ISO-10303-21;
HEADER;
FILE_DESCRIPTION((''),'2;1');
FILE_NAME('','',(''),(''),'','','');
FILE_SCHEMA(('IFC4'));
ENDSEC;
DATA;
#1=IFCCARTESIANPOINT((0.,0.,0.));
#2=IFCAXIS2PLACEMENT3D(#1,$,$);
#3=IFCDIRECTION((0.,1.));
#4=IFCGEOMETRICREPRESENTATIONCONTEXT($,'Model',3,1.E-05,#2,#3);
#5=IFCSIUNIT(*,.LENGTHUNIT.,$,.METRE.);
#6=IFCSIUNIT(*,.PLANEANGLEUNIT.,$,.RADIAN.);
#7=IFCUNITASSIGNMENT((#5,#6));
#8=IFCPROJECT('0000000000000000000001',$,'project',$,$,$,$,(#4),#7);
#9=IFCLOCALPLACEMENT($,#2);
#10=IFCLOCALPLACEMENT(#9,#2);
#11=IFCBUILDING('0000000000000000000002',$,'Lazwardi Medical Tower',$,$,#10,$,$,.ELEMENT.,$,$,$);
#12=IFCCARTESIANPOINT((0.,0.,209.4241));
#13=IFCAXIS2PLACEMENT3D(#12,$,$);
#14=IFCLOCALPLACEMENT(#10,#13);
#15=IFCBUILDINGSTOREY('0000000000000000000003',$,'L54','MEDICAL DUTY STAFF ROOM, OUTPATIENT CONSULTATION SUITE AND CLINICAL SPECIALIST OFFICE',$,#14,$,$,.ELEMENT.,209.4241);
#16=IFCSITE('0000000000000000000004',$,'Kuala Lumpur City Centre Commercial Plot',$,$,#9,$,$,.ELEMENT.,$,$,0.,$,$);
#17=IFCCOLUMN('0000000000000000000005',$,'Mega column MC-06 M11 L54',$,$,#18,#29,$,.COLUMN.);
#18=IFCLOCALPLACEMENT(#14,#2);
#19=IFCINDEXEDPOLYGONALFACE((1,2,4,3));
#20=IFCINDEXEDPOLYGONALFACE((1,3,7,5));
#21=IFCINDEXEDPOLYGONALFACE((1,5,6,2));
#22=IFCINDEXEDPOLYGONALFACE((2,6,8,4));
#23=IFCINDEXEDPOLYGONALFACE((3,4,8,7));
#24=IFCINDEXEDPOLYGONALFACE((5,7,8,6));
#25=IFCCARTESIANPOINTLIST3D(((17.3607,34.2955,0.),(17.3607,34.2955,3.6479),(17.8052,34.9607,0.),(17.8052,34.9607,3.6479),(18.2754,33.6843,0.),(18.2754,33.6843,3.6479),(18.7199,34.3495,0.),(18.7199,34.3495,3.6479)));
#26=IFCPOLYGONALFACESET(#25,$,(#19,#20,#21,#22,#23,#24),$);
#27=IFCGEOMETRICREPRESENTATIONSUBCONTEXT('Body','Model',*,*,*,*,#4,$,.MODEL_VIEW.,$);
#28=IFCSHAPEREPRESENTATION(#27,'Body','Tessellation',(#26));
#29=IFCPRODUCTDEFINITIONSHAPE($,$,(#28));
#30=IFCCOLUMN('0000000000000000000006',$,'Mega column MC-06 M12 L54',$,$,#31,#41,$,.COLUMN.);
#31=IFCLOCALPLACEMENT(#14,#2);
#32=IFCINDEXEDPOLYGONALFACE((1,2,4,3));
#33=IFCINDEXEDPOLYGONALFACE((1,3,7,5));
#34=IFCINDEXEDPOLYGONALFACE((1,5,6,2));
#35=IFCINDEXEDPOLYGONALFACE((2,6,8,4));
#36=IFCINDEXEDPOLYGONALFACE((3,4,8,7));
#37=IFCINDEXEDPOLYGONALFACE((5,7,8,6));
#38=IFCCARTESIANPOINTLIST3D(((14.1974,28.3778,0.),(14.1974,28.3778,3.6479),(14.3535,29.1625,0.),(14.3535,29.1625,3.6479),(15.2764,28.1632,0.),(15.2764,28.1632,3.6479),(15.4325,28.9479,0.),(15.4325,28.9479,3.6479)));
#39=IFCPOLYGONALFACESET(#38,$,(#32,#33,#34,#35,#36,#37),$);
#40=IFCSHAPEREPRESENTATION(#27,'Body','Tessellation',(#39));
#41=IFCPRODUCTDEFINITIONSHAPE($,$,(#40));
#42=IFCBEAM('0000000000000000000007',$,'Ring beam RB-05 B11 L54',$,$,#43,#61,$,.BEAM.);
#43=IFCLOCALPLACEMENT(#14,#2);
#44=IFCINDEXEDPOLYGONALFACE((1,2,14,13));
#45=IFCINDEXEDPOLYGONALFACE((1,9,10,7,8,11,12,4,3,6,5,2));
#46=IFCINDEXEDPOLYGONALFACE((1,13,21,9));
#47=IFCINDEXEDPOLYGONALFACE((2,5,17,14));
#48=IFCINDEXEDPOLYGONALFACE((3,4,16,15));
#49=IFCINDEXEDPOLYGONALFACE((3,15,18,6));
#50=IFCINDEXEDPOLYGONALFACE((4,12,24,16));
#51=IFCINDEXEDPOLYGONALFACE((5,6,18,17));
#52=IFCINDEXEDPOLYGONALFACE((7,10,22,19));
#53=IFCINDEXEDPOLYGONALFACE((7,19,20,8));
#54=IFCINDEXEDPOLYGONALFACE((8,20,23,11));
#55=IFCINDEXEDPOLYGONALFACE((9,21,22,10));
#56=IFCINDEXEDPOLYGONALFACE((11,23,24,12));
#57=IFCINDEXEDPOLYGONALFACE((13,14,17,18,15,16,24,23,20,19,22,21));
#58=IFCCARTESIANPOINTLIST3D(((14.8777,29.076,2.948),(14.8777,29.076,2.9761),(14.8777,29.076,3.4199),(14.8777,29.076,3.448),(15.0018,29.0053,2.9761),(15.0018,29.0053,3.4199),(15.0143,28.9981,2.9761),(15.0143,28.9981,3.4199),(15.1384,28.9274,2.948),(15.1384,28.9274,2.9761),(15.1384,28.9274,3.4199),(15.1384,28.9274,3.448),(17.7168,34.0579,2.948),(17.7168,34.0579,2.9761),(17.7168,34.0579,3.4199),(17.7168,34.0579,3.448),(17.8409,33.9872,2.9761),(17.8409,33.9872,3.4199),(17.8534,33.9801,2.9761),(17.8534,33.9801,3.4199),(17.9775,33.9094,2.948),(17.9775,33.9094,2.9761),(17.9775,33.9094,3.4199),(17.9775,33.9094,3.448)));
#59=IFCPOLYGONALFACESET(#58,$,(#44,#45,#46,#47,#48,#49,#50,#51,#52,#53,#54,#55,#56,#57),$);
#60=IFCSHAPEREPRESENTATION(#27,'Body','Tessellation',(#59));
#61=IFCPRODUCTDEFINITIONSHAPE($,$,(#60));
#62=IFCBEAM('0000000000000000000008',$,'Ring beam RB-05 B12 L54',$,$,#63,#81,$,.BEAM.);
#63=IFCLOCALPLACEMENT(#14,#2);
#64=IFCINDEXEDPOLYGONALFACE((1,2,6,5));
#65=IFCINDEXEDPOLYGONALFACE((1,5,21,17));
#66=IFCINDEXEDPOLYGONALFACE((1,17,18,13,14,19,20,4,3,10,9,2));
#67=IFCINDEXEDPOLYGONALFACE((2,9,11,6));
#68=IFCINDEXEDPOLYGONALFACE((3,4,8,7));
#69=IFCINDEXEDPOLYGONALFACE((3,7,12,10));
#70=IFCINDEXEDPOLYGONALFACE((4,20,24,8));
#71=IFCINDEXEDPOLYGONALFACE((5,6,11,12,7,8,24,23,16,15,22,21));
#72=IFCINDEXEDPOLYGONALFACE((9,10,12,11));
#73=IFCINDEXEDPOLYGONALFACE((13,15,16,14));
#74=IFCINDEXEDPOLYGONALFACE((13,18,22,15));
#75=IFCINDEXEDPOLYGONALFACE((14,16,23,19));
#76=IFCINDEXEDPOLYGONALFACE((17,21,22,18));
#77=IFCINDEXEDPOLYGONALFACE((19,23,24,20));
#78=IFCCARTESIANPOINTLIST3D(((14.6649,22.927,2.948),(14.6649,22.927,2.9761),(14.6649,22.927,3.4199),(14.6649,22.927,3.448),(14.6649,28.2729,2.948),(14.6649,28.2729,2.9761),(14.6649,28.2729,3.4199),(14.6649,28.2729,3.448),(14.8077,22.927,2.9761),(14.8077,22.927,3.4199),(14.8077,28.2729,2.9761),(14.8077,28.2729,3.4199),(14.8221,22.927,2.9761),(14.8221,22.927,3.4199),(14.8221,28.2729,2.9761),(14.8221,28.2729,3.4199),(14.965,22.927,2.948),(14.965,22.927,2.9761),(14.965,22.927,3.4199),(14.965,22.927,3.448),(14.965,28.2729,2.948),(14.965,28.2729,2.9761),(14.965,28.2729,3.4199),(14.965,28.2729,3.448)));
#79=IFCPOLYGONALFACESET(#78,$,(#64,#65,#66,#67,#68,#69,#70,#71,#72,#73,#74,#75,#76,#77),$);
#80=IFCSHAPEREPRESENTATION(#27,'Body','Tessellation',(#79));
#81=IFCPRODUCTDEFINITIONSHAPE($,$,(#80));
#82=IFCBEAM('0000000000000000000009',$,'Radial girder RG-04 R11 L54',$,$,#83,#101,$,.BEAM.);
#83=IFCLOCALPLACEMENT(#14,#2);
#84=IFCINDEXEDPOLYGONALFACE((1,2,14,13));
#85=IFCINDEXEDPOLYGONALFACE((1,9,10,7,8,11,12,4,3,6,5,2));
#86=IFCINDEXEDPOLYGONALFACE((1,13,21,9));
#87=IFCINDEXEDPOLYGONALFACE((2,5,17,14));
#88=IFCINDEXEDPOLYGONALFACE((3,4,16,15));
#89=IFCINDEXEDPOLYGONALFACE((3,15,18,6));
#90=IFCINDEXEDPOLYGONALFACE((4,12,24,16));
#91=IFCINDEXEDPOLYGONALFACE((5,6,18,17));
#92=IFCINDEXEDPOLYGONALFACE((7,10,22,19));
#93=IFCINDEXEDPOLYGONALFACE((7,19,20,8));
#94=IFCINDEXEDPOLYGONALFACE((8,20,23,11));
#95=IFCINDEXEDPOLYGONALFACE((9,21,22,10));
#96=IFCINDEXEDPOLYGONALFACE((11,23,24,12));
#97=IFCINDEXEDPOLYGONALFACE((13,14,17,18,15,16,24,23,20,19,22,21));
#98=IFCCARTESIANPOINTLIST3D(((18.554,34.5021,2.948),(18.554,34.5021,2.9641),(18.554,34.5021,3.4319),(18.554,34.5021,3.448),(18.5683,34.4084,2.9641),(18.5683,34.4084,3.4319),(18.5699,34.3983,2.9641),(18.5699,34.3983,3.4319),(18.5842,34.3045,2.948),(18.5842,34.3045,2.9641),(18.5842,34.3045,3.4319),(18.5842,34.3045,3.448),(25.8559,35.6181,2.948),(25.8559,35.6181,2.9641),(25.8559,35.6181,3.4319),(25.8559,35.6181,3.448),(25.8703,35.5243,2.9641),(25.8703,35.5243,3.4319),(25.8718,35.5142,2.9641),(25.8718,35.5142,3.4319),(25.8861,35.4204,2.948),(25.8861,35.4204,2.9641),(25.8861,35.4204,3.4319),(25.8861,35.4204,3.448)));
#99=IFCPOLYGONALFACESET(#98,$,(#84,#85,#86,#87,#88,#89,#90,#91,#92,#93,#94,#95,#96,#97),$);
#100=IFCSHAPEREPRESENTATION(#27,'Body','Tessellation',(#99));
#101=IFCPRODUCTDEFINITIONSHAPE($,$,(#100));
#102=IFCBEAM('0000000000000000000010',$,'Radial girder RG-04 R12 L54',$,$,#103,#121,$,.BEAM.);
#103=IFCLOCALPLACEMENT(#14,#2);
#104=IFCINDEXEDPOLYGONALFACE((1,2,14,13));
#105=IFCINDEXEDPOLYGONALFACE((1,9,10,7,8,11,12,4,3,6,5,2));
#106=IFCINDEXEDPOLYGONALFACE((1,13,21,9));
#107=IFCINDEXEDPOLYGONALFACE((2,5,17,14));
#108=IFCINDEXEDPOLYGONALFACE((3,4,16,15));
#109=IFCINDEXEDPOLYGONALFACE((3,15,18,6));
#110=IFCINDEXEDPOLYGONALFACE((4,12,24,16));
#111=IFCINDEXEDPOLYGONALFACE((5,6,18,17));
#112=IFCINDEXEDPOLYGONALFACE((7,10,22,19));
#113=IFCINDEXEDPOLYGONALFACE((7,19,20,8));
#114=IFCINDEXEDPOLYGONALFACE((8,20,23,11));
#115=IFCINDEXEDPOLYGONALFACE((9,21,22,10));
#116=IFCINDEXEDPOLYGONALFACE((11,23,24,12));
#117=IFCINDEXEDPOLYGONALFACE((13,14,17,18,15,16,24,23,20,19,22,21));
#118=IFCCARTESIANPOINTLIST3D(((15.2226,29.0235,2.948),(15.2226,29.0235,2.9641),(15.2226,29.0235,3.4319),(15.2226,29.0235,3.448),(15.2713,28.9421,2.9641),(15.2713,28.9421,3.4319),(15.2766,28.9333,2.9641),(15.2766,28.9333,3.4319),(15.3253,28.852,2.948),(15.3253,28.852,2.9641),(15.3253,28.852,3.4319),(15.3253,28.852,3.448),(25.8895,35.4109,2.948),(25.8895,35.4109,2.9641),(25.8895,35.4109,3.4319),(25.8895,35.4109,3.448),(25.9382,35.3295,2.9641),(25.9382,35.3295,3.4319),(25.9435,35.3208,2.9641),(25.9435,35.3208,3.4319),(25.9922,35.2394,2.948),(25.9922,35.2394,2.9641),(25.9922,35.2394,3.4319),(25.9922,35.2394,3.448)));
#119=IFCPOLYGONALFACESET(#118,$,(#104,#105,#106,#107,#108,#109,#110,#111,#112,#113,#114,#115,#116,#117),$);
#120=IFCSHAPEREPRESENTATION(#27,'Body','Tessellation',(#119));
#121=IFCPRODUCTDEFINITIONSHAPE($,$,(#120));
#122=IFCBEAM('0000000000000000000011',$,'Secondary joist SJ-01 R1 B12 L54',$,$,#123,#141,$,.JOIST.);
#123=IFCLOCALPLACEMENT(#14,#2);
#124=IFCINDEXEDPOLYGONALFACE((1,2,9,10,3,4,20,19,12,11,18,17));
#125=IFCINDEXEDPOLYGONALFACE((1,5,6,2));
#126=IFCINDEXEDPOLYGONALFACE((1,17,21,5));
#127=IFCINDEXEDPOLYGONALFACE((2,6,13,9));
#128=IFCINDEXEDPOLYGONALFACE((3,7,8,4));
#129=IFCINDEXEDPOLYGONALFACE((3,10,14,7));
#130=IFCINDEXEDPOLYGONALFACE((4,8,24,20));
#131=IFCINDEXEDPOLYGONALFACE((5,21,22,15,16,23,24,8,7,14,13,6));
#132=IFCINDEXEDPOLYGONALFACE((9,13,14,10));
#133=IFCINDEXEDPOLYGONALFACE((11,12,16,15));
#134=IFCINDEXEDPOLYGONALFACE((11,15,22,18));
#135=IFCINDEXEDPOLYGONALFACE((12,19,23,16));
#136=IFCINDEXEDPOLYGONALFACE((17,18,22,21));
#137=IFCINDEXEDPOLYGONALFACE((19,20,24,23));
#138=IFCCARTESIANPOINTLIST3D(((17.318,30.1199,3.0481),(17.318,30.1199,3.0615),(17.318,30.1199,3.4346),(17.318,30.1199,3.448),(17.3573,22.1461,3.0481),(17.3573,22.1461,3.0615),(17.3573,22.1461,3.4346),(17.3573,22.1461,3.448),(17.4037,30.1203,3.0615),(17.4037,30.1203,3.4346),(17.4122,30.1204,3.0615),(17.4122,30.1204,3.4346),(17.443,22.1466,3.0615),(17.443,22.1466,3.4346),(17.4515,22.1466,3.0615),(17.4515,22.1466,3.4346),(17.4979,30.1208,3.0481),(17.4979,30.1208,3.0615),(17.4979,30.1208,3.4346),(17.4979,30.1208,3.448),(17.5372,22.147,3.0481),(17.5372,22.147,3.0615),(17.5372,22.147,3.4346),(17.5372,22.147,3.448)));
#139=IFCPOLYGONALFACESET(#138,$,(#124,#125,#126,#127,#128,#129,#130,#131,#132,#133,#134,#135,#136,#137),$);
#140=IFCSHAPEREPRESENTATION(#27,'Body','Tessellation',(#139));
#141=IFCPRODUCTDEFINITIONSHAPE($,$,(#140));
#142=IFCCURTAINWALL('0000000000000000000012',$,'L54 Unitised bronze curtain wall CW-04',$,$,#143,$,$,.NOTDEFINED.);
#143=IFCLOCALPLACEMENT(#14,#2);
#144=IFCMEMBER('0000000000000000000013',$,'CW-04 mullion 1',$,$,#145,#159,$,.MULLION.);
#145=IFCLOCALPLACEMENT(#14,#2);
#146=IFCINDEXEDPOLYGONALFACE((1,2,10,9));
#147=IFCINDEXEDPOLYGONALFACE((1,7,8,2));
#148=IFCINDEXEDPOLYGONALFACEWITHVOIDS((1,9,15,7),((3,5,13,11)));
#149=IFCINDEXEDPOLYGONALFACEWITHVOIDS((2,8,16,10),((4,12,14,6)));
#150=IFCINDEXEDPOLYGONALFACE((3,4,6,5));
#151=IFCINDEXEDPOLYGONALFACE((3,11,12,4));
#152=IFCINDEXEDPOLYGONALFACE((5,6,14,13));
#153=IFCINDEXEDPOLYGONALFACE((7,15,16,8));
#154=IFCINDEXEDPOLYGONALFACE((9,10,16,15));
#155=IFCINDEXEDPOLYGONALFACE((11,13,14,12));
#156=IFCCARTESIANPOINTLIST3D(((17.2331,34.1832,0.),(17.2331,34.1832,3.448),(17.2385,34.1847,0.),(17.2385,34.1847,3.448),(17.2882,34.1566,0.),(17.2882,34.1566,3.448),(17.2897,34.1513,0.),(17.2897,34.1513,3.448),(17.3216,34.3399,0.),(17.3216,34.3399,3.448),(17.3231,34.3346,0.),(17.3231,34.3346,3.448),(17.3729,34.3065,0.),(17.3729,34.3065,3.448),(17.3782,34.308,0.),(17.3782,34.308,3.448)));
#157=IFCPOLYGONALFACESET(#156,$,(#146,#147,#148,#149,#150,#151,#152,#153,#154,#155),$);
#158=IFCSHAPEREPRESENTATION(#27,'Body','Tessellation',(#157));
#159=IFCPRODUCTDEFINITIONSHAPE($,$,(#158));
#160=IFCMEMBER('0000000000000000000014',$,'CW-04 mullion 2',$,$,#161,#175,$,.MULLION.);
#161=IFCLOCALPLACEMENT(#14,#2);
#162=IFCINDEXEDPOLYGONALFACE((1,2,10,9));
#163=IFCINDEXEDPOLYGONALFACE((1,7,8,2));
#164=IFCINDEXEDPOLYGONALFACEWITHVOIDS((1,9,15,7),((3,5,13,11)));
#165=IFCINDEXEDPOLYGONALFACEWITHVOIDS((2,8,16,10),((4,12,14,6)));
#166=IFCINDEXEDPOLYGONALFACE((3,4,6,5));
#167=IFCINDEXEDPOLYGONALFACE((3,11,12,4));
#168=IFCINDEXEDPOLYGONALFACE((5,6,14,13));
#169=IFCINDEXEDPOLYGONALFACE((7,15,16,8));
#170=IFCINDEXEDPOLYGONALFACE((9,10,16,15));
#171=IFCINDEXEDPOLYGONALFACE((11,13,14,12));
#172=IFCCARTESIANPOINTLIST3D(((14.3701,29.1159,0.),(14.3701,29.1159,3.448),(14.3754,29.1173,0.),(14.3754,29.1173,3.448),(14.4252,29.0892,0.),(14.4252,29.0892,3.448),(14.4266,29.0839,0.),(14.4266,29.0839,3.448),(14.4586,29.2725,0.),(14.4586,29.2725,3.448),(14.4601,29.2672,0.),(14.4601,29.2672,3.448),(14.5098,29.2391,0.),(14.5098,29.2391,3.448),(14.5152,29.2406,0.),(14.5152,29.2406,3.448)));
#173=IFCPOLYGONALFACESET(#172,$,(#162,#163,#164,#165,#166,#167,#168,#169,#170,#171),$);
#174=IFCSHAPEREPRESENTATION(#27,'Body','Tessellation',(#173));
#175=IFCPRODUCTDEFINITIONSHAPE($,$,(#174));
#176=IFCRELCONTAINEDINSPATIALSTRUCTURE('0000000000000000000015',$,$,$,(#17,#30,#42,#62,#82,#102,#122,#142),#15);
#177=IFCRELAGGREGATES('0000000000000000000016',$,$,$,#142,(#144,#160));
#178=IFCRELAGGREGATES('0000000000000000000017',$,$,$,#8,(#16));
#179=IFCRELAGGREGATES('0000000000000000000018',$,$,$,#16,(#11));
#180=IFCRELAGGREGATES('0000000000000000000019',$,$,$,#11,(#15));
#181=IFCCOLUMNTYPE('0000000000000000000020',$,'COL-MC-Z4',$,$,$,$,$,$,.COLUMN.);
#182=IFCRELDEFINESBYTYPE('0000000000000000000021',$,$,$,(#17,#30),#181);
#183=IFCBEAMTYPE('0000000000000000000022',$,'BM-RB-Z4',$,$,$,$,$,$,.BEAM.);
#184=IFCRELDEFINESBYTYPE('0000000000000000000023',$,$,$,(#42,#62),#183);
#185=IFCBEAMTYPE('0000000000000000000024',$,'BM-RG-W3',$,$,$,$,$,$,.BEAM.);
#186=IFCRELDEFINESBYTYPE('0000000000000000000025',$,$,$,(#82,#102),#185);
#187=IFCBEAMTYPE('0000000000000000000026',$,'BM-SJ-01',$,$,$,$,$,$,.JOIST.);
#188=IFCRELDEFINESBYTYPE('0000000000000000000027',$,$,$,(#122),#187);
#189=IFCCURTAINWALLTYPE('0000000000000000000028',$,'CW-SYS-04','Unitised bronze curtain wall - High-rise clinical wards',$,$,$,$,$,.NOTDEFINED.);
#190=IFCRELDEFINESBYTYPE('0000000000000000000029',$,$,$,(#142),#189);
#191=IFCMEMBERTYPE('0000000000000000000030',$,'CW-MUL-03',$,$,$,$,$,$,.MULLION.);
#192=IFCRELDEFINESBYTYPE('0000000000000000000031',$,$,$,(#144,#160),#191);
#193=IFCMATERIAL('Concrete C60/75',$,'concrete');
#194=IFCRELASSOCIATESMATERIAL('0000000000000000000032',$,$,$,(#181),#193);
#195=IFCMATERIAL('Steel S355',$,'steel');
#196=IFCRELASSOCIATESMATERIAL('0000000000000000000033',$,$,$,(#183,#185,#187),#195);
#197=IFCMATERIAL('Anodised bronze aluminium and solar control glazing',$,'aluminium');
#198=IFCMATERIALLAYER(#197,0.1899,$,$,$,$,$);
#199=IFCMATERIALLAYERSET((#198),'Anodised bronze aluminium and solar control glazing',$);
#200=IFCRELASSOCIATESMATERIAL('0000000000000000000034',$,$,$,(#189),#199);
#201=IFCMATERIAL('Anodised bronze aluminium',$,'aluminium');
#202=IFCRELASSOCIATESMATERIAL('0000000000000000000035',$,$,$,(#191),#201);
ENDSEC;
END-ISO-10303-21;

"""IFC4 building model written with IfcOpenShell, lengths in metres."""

from ifc_helpers import new_model, si_unit, direction, frame, origin, origin_2d, place, context, subcontext, project, spatial, rectangle, hollow_rectangle, i_section, extrude, material, layer, layer_set, material_profile, profile_set, type_object, element, aggregate, save


model = new_model("IFC4")

# Units and contexts
model_context = context("Model", 3, precision=1e-05, world=origin(), true_north=direction((0.0, 1.0)))
body_context = subcontext(model_context, "Body", "Model", "MODEL_VIEW")
ifc_project = project(units=[si_unit("LENGTHUNIT", "METRE"), si_unit("PLANEANGLEUNIT", "RADIAN")], contexts=[model_context])

# Site, building, storey
site_placement = place(None, origin())
site = spatial("IfcSite", under=ifc_project, at=site_placement, Name="Kuala Lumpur City Centre Commercial Plot", CompositionType="ELEMENT", RefElevation=0.0)
building_placement = place(site_placement, origin())
building = spatial("IfcBuilding", under=site, at=building_placement, Name="Lazwardi Medical Tower", CompositionType="ELEMENT")
storey_placement = place(building_placement, frame((0.0, 0.0, 209.4241)))
storey = spatial("IfcBuildingStorey", under=building, at=storey_placement, Name="L54", Description="MEDICAL DUTY STAFF ROOM, OUTPATIENT CONSULTATION SUITE AND CLINICAL SPECIALIST OFFICE", CompositionType="ELEMENT", Elevation=209.4241)

# Columns
ifc_material_1 = material(Name="Concrete C60/75", Category="concrete")
ifc_material_profile_1 = material_profile(ifc_material_1, rectangle(XDim=1.1001, YDim=0.8, at=origin_2d()), Name="CFT-RECT 1100x800")
ifc_profile_set_1 = profile_set([ifc_material_profile_1], Name="Concrete C60/75")
column_type = type_object("IfcColumnType", Name="COL-MC-Z4", PredefinedType="COLUMN", material=ifc_profile_set_1)
for number, where, z_axis, x_axis, name in (
    (1, (18.0403, 34.3225, 0.0), (0.0, 0.0, 1.0), (-0.83147, 0.55557, 0.0), "Mega column MC-06 M11 L54"),
    (2, (14.8149, 28.6628, 0.0), (0.0, 0.0, 1.0), (-0.980785, 0.19509, 0.0), "Mega column MC-06 M12 L54"),
):
    element("IfcColumn", number, at=place(storey_placement, frame(where, z_axis=z_axis, x_axis=x_axis)), inside=storey, type_object=column_type, Name=name, PredefinedType="COLUMN", context=body_context, shape_type="SweptSolid", body=[
        extrude(rectangle(XDim=1.1001, YDim=0.8, at=origin_2d()), origin(), (0.0, 0.0, 1.0), 3.6479),
    ])

# Beams
ifc_material_2 = material(Name="Steel S355", Category="steel")
ifc_material_profile_2 = material_profile(ifc_material_2, i_section(OverallWidth=0.3, OverallDepth=0.5, WebThickness=0.0144, FlangeThickness=0.0281, at=origin_2d()), Name="HEB 500")
ifc_profile_set_2 = profile_set([ifc_material_profile_2], Name="Steel S355")
beam_type_1 = type_object("IfcBeamType", Name="BM-RB-Z4", PredefinedType="BEAM", material=ifc_profile_set_2)
beam_1_placement = place(storey_placement, frame((17.8472, 33.9836, 3.198), z_axis=(-0.495125, -0.868822, 0.0), x_axis=(0.868822, -0.495125, 0.0)))
element("IfcBeam", 3, at=beam_1_placement, inside=storey, type_object=beam_type_1, Name="Ring beam RB-05 B11 L54", PredefinedType="BEAM", context=body_context, shape_type="SweptSolid", body=[
    extrude(i_section(OverallWidth=0.3, OverallDepth=0.5, WebThickness=0.0144, FlangeThickness=0.0281, at=origin_2d()), origin(), (0.0, 0.0, 1.0), 5.7341),
])
beam_2_placement = place(storey_placement, frame((14.8149, 28.2729, 3.198), z_axis=(0.0, -1.0, 0.0), x_axis=(1.0, 0.0, 0.0)))
element("IfcBeam", 4, at=beam_2_placement, inside=storey, type_object=beam_type_1, Name="Ring beam RB-05 B12 L54", PredefinedType="BEAM", context=body_context, shape_type="SweptSolid", body=[
    extrude(i_section(OverallWidth=0.3, OverallDepth=0.5, WebThickness=0.0144, FlangeThickness=0.0281, at=origin_2d()), origin(), (0.0, 0.0, 1.0), 5.3459),
])
ifc_material_profile_3 = material_profile(ifc_material_2, i_section(OverallWidth=0.2, OverallDepth=0.5, WebThickness=0.0103, FlangeThickness=0.0161, at=origin_2d()), Name="IPE 500")
ifc_profile_set_3 = profile_set([ifc_material_profile_3], Name="Steel S355")
beam_type_2 = type_object("IfcBeamType", Name="BM-RG-W3", PredefinedType="BEAM", material=ifc_profile_set_3)
beam_3_placement = place(storey_placement, frame((18.5691, 34.4033, 3.198), z_axis=(0.988522, 0.151076, 0.0), x_axis=(-0.151076, 0.988522, 0.0)))
element("IfcBeam", 5, at=beam_3_placement, inside=storey, type_object=beam_type_2, Name="Radial girder RG-04 R11 L54", PredefinedType="BEAM", context=body_context, shape_type="SweptSolid", body=[
    extrude(i_section(OverallWidth=0.2, OverallDepth=0.5, WebThickness=0.0103, FlangeThickness=0.0161, at=origin_2d()), origin(), (0.0, 0.0, 1.0), 7.3867),
])
beam_4_placement = place(storey_placement, frame((15.2739, 28.9377, 3.198), z_axis=(0.857945, 0.513742, 0.0), x_axis=(-0.513742, 0.857945, 0.0)))
element("IfcBeam", 6, at=beam_4_placement, inside=storey, type_object=beam_type_2, Name="Radial girder RG-04 R12 L54", PredefinedType="BEAM", context=body_context, shape_type="SweptSolid", body=[
    extrude(i_section(OverallWidth=0.2, OverallDepth=0.5, WebThickness=0.0103, FlangeThickness=0.0161, at=origin_2d()), origin(), (0.0, 0.0, 1.0), 12.4331),
])
ifc_material_profile_4 = material_profile(ifc_material_2, i_section(OverallWidth=0.1799, OverallDepth=0.3999, WebThickness=0.0085, FlangeThickness=0.0134, at=origin_2d()), Name="IPE 400")
ifc_profile_set_4 = profile_set([ifc_material_profile_4], Name="Steel S355")
beam_type_3 = type_object("IfcBeamType", Name="BM-SJ-01", PredefinedType="JOIST", material=ifc_profile_set_4)
beam_5_placement = place(storey_placement, frame((17.408, 30.1204, 3.248), z_axis=(0.004929, -0.999988, 0.0), x_axis=(0.999988, 0.004929, 0.0)))
element("IfcBeam", 7, at=beam_5_placement, inside=storey, type_object=beam_type_3, Name="Secondary joist SJ-01 R1 B12 L54", PredefinedType="JOIST", context=body_context, shape_type="SweptSolid", body=[
    extrude(i_section(OverallWidth=0.1799, OverallDepth=0.3999, WebThickness=0.0085, FlangeThickness=0.0134, at=origin_2d()), origin(), (0.0, 0.0, 1.0), 7.9739),
])

# Curtain wall, members
ifc_material_3 = material(Name="Anodised bronze aluminium and solar control glazing", Category="aluminium")
ifc_layer_1 = layer(ifc_material_3, 0.1899)
ifc_layer_set_1 = layer_set([ifc_layer_1], Name="Anodised bronze aluminium and solar control glazing")
curtain_wall_type = type_object("IfcCurtainWallType", Name="CW-SYS-04", Description="Unitised bronze curtain wall - High-rise clinical wards", PredefinedType="NOTDEFINED", material=ifc_layer_set_1)
curtain_wall_1_placement = place(storey_placement, origin())
curtain_wall_1 = element("IfcCurtainWall", 8, at=curtain_wall_1_placement, inside=storey, type_object=curtain_wall_type, Name="L54 Unitised bronze curtain wall CW-04", PredefinedType="NOTDEFINED")
ifc_material_4 = material(Name="Anodised bronze aluminium", Category="aluminium")
ifc_material_profile_5 = material_profile(ifc_material_4, hollow_rectangle(XDim=0.0649, YDim=0.1799, WallThickness=0.0039, at=origin_2d()), Name="ALU-MULLION 180x65x4")
ifc_profile_set_5 = profile_set([ifc_material_profile_5], Name="Anodised bronze aluminium")
member_type_1 = type_object("IfcMemberType", Name="CW-MUL-03", PredefinedType="MULLION", material=ifc_profile_set_5)
member_1_placement = place(storey_placement, frame((17.3057, 34.2456, 0.0), z_axis=(0.0, 0.0, 1.0), x_axis=(0.870651, -0.4919, 0.0)))
member_1 = element("IfcMember", 9, at=member_1_placement, type_object=member_type_1, Name="CW-04 mullion 1", PredefinedType="MULLION", context=body_context, shape_type="SweptSolid", body=[
    extrude(hollow_rectangle(XDim=0.0649, YDim=0.1799, WallThickness=0.0039, at=origin_2d()), origin(), (0.0, 0.0, 1.0), 3.448),
])
member_2_placement = place(storey_placement, frame((14.4426, 29.1782, 0.0), z_axis=(0.0, 0.0, 1.0), x_axis=(0.870651, -0.4919, 0.0)))
member_2 = element("IfcMember", 10, at=member_2_placement, type_object=member_type_1, Name="CW-04 mullion 2", PredefinedType="MULLION", context=body_context, shape_type="SweptSolid", body=[
    extrude(hollow_rectangle(XDim=0.0649, YDim=0.1799, WallThickness=0.0039, at=origin_2d()), origin(), (0.0, 0.0, 1.0), 3.448),
])

aggregate(curtain_wall_1, [member_1, member_2])

save(model, "model.ifc")
